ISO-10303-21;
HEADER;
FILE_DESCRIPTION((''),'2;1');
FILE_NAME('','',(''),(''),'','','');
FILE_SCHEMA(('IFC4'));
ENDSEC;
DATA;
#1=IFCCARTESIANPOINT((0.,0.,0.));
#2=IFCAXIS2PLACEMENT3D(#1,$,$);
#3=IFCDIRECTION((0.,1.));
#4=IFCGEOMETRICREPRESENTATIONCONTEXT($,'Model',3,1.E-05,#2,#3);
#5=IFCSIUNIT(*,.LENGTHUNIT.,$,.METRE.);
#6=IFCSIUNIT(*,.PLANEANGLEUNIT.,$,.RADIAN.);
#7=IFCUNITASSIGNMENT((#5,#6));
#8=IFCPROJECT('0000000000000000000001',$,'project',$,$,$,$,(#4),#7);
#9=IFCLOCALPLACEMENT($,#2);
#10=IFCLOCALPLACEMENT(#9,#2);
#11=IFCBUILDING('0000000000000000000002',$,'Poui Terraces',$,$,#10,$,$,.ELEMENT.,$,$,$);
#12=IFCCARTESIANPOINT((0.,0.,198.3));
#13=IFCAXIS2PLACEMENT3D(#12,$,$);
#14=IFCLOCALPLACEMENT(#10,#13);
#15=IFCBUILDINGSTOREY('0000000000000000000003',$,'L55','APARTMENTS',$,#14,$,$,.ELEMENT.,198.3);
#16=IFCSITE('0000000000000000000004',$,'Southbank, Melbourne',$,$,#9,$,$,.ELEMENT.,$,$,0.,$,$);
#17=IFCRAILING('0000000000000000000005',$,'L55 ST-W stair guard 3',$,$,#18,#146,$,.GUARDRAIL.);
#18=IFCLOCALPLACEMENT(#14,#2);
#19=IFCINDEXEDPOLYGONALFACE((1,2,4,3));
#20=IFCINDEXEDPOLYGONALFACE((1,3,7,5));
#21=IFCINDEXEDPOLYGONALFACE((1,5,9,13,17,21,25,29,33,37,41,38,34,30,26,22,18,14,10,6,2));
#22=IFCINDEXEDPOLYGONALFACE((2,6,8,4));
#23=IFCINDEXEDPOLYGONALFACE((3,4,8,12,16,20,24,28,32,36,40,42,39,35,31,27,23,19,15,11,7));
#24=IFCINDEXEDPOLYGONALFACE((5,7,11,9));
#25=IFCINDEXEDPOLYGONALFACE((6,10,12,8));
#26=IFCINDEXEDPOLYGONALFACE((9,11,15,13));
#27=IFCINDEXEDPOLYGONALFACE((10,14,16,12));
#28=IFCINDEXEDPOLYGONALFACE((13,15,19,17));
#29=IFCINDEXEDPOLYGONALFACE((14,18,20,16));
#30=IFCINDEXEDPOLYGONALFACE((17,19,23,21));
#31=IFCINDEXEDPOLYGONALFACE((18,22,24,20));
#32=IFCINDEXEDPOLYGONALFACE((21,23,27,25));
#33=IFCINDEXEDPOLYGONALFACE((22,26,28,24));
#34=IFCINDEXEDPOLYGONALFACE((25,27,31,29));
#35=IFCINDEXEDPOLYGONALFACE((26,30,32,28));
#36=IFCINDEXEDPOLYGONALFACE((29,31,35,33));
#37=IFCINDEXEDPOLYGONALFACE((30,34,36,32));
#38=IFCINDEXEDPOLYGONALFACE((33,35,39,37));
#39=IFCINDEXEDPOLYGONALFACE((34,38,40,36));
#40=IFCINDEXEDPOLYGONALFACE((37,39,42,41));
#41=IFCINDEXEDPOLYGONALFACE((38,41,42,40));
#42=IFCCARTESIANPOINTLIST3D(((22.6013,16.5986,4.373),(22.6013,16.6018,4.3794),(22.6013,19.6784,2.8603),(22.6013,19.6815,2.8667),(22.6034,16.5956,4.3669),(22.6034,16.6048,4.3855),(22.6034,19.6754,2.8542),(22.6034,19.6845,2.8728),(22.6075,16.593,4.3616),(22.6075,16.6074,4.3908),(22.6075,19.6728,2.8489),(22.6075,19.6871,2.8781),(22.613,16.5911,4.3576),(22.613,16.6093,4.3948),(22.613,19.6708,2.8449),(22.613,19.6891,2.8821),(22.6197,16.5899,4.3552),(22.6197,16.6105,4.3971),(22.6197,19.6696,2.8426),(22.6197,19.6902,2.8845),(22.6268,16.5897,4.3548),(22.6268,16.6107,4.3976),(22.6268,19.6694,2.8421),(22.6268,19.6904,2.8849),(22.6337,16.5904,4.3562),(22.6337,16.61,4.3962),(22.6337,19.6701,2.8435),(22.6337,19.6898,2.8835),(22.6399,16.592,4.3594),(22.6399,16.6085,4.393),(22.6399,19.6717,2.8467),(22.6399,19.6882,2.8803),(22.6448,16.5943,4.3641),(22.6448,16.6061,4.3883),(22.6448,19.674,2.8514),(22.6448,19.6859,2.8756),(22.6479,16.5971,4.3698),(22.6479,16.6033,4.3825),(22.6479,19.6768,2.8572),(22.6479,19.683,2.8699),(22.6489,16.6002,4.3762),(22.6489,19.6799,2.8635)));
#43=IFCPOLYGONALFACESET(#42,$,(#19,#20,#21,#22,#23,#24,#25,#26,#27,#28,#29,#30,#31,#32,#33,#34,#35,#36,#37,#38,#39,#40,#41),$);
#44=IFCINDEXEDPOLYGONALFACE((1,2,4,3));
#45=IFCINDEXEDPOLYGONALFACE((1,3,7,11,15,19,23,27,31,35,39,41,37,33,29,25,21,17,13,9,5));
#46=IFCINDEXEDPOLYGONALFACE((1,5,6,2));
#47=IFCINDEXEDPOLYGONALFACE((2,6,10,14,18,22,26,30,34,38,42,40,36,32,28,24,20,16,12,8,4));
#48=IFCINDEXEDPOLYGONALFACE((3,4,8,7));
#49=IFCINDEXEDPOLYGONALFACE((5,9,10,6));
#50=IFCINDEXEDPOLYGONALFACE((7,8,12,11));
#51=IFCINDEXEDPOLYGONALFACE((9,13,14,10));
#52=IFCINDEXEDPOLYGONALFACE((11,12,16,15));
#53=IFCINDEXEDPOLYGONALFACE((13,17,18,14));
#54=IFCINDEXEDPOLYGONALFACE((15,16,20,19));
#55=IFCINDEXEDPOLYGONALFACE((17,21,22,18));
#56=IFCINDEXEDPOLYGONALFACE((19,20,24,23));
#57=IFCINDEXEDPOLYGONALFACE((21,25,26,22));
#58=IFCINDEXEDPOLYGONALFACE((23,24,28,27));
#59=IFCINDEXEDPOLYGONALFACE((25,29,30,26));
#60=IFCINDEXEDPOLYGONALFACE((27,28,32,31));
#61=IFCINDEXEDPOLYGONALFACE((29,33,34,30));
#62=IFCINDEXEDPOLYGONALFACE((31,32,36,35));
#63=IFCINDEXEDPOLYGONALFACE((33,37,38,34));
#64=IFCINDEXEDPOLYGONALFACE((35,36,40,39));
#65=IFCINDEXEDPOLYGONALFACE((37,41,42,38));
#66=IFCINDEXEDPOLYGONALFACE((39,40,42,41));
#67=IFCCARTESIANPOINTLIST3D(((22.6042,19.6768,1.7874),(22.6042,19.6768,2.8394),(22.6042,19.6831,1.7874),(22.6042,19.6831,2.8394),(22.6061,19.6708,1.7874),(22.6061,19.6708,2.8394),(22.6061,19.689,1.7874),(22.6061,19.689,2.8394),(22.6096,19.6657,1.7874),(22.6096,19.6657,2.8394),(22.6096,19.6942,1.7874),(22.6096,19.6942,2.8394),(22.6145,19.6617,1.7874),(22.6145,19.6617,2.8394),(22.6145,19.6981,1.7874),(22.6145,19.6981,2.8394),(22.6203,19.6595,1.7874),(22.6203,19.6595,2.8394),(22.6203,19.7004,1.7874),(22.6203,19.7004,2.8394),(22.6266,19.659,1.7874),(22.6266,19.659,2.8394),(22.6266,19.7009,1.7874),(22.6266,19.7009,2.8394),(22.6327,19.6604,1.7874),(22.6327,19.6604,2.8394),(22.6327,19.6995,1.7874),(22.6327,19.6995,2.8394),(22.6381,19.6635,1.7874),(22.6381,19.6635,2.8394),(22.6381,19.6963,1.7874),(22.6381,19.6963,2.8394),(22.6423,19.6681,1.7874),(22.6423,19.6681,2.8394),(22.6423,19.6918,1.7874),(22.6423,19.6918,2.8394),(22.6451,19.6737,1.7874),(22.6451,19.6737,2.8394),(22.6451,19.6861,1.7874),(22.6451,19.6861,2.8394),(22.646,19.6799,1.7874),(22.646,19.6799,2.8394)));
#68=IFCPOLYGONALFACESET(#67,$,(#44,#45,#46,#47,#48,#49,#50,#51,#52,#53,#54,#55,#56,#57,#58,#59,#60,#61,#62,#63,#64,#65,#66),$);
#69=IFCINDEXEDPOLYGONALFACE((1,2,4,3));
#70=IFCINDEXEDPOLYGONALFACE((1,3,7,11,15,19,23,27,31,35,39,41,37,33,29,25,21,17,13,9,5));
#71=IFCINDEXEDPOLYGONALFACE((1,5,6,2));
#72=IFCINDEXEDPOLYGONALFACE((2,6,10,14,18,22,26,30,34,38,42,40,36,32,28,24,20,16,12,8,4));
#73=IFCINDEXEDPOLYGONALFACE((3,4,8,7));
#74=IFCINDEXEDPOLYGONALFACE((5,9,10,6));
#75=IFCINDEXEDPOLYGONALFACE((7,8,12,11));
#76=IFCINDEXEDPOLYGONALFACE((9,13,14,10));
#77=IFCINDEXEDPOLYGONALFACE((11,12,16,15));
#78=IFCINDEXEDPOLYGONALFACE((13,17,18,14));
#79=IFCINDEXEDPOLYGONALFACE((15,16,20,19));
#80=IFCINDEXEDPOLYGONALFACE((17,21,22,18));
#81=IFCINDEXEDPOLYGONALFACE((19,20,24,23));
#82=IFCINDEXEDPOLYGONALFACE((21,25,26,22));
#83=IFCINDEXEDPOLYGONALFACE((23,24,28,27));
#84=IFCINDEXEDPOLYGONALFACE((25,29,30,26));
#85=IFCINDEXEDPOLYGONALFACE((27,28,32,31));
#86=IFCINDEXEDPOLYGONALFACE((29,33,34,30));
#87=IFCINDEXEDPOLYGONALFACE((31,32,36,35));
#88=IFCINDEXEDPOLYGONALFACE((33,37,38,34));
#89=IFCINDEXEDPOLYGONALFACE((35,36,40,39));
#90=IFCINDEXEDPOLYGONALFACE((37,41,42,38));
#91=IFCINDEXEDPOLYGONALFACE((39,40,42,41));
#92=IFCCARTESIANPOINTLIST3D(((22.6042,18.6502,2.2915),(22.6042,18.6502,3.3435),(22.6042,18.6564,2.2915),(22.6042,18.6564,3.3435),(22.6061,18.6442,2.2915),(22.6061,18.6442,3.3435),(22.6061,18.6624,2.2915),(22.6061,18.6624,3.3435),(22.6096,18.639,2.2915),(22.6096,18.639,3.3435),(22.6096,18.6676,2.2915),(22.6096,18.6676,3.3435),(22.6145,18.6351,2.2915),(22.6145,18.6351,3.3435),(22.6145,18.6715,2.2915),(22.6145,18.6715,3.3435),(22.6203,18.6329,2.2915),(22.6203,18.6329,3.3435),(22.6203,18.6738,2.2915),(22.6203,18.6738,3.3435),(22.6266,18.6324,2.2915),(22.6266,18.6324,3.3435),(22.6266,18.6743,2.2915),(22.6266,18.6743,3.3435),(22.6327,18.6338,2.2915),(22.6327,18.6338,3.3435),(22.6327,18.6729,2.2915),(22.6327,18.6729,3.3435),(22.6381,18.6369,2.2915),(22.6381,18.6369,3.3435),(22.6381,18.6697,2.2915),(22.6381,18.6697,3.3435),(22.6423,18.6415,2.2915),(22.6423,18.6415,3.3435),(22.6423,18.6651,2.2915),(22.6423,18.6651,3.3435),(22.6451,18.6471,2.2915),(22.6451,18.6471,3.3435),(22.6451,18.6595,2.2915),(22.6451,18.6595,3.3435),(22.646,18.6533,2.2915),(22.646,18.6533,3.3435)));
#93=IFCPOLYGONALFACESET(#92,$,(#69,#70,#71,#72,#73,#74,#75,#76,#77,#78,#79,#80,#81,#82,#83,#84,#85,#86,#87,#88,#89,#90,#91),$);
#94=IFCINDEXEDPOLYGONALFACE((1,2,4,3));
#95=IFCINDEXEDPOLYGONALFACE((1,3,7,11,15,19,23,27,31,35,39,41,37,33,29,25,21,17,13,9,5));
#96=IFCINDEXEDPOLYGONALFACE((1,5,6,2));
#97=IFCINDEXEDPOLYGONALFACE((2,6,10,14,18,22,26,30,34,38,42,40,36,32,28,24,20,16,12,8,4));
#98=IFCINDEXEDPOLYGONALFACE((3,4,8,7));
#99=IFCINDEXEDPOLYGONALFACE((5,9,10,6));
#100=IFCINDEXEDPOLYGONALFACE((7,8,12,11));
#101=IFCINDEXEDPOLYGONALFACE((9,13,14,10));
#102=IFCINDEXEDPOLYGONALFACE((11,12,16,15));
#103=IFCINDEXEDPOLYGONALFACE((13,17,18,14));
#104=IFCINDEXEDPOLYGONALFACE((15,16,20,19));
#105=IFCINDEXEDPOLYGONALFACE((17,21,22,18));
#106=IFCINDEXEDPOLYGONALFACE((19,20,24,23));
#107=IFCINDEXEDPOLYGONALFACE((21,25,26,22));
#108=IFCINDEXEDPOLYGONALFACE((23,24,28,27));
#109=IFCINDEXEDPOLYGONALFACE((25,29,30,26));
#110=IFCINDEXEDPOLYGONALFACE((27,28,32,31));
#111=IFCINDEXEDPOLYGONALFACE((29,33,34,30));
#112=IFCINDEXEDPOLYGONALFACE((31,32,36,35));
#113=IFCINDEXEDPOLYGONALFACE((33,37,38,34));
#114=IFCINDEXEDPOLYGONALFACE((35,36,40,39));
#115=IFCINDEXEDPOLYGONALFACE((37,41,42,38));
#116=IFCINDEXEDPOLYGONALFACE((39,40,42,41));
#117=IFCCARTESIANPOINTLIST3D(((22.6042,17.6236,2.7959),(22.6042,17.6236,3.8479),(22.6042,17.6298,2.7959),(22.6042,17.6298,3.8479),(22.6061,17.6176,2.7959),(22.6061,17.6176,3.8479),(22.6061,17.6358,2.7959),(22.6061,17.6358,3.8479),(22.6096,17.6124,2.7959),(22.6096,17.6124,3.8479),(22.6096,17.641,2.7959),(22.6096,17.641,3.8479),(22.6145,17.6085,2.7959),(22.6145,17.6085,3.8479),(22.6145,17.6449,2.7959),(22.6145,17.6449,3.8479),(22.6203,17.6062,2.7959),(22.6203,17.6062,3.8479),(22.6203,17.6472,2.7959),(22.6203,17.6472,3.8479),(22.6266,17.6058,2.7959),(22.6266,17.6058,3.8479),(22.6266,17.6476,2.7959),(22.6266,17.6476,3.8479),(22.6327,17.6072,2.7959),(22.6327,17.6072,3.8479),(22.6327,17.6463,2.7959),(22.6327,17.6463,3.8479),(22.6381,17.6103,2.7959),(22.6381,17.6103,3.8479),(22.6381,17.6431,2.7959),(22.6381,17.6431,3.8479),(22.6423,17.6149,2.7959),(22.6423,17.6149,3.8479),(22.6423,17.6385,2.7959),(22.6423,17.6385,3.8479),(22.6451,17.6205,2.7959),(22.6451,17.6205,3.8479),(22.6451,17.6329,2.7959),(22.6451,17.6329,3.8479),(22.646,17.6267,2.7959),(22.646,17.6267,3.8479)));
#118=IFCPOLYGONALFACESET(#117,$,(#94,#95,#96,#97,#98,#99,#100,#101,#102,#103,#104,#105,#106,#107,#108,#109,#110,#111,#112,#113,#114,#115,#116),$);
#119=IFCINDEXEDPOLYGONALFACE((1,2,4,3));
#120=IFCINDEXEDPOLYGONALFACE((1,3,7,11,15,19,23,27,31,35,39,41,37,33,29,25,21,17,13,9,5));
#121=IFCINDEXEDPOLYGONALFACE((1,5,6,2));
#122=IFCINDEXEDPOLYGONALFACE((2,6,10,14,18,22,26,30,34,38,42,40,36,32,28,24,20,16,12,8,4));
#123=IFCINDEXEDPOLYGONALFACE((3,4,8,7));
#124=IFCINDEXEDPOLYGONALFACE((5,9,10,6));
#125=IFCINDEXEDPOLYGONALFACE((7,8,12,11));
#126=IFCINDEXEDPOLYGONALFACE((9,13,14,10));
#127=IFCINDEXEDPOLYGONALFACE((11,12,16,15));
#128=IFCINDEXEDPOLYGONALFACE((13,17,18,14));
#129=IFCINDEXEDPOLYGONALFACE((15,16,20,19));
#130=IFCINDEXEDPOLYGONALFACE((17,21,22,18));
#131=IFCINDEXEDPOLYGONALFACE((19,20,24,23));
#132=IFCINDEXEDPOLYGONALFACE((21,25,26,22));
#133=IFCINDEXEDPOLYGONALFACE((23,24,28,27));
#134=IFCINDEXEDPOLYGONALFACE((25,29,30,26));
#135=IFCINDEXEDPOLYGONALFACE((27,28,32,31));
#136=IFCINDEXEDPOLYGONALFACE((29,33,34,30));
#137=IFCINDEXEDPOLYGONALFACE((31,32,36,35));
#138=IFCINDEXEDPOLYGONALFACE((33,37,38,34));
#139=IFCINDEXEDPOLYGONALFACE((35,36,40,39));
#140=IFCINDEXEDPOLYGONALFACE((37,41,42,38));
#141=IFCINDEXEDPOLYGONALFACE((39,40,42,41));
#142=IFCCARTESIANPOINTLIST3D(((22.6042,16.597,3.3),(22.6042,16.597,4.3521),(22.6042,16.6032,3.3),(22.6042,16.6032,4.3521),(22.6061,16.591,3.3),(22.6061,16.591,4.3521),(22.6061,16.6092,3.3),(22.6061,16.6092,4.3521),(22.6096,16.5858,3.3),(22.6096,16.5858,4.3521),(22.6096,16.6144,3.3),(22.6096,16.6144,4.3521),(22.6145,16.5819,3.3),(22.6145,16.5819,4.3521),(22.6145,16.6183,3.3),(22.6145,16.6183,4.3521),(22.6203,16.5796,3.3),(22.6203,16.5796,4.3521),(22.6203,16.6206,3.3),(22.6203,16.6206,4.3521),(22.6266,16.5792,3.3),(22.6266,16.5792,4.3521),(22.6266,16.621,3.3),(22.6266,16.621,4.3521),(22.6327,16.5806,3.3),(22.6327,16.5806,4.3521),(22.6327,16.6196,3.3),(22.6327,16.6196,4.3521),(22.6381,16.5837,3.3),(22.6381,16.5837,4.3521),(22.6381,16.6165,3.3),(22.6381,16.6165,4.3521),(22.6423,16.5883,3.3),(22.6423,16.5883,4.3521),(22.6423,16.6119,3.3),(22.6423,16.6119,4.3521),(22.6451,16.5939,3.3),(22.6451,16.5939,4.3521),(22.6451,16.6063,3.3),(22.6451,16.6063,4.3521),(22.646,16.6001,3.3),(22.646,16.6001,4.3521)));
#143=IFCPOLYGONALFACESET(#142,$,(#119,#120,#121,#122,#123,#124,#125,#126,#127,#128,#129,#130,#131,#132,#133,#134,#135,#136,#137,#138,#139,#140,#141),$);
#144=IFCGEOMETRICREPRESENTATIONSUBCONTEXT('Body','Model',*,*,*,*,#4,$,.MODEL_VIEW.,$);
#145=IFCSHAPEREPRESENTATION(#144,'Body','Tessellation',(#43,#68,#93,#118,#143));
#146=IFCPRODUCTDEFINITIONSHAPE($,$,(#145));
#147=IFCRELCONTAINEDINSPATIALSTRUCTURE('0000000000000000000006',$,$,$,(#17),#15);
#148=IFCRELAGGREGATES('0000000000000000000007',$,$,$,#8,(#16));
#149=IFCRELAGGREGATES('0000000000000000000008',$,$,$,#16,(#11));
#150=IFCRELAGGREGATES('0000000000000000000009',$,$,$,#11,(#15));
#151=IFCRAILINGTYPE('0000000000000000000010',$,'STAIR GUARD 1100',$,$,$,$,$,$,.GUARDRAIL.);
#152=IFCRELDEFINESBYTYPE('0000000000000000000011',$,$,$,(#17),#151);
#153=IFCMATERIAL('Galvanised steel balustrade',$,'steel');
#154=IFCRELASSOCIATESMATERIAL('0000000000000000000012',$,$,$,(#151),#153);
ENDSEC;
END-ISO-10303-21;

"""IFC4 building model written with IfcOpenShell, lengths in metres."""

from ifc_helpers import new_model, si_unit, direction, frame, origin, origin_2d, place, context, subcontext, project, spatial, circle, extrude, material, type_object, element, save


model = new_model("IFC4")

# Units and contexts
model_context = context("Model", 3, precision=1e-05, world=origin(), true_north=direction((0.0, 1.0)))
body_context = subcontext(model_context, "Body", "Model", "MODEL_VIEW")
ifc_project = project(units=[si_unit("LENGTHUNIT", "METRE"), si_unit("PLANEANGLEUNIT", "RADIAN")], contexts=[model_context])

# Site, building, storey
site_placement = place(None, origin())
site = spatial("IfcSite", under=ifc_project, at=site_placement, Name="Southbank, Melbourne", CompositionType="ELEMENT", RefElevation=0.0)
building_placement = place(site_placement, origin())
building = spatial("IfcBuilding", under=site, at=building_placement, Name="Poui Terraces", CompositionType="ELEMENT")
storey_placement = place(building_placement, frame((0.0, 0.0, 198.3)))
storey = spatial("IfcBuildingStorey", under=building, at=storey_placement, Name="L55", Description="APARTMENTS", CompositionType="ELEMENT", Elevation=198.3)

# Railing
ifc_material_1 = material(Name="Galvanised steel balustrade", Category="steel")
railing_type_1 = type_object("IfcRailingType", Name="STAIR GUARD 1100", PredefinedType="GUARDRAIL", material=ifc_material_1)
railing_1_placement = place(storey_placement, frame((22.625, 19.6799, 1.7874)))
element("IfcRailing", 1, at=railing_1_placement, inside=storey, type_object=railing_type_1, Name="L55 ST-W stair guard 3", PredefinedType="GUARDRAIL", context=body_context, shape_type="SweptSolid", body=[
    extrude(circle(Radius=0.0239, at=origin_2d()), frame((0.0, 0.0, 1.0762), z_axis=(0.0, -0.897578, 0.440856), x_axis=(1.0, 0.0, 0.0)), (0.0, 0.0, 1.0), 3.4312),
    extrude(circle(Radius=0.021, at=origin_2d()), origin(), (0.0, 0.0, 1.0), 1.052),
    extrude(circle(Radius=0.021, at=origin_2d()), frame((0.0, -1.0266, 0.5042)), (0.0, 0.0, 1.0), 1.052),
    extrude(circle(Radius=0.021, at=origin_2d()), frame((0.0, -2.0532, 1.0085)), (0.0, 0.0, 1.0), 1.052),
    extrude(circle(Radius=0.021, at=origin_2d()), frame((0.0, -3.0798, 1.5127)), (0.0, 0.0, 1.0), 1.052),
])

save(model, "model.ifc")
